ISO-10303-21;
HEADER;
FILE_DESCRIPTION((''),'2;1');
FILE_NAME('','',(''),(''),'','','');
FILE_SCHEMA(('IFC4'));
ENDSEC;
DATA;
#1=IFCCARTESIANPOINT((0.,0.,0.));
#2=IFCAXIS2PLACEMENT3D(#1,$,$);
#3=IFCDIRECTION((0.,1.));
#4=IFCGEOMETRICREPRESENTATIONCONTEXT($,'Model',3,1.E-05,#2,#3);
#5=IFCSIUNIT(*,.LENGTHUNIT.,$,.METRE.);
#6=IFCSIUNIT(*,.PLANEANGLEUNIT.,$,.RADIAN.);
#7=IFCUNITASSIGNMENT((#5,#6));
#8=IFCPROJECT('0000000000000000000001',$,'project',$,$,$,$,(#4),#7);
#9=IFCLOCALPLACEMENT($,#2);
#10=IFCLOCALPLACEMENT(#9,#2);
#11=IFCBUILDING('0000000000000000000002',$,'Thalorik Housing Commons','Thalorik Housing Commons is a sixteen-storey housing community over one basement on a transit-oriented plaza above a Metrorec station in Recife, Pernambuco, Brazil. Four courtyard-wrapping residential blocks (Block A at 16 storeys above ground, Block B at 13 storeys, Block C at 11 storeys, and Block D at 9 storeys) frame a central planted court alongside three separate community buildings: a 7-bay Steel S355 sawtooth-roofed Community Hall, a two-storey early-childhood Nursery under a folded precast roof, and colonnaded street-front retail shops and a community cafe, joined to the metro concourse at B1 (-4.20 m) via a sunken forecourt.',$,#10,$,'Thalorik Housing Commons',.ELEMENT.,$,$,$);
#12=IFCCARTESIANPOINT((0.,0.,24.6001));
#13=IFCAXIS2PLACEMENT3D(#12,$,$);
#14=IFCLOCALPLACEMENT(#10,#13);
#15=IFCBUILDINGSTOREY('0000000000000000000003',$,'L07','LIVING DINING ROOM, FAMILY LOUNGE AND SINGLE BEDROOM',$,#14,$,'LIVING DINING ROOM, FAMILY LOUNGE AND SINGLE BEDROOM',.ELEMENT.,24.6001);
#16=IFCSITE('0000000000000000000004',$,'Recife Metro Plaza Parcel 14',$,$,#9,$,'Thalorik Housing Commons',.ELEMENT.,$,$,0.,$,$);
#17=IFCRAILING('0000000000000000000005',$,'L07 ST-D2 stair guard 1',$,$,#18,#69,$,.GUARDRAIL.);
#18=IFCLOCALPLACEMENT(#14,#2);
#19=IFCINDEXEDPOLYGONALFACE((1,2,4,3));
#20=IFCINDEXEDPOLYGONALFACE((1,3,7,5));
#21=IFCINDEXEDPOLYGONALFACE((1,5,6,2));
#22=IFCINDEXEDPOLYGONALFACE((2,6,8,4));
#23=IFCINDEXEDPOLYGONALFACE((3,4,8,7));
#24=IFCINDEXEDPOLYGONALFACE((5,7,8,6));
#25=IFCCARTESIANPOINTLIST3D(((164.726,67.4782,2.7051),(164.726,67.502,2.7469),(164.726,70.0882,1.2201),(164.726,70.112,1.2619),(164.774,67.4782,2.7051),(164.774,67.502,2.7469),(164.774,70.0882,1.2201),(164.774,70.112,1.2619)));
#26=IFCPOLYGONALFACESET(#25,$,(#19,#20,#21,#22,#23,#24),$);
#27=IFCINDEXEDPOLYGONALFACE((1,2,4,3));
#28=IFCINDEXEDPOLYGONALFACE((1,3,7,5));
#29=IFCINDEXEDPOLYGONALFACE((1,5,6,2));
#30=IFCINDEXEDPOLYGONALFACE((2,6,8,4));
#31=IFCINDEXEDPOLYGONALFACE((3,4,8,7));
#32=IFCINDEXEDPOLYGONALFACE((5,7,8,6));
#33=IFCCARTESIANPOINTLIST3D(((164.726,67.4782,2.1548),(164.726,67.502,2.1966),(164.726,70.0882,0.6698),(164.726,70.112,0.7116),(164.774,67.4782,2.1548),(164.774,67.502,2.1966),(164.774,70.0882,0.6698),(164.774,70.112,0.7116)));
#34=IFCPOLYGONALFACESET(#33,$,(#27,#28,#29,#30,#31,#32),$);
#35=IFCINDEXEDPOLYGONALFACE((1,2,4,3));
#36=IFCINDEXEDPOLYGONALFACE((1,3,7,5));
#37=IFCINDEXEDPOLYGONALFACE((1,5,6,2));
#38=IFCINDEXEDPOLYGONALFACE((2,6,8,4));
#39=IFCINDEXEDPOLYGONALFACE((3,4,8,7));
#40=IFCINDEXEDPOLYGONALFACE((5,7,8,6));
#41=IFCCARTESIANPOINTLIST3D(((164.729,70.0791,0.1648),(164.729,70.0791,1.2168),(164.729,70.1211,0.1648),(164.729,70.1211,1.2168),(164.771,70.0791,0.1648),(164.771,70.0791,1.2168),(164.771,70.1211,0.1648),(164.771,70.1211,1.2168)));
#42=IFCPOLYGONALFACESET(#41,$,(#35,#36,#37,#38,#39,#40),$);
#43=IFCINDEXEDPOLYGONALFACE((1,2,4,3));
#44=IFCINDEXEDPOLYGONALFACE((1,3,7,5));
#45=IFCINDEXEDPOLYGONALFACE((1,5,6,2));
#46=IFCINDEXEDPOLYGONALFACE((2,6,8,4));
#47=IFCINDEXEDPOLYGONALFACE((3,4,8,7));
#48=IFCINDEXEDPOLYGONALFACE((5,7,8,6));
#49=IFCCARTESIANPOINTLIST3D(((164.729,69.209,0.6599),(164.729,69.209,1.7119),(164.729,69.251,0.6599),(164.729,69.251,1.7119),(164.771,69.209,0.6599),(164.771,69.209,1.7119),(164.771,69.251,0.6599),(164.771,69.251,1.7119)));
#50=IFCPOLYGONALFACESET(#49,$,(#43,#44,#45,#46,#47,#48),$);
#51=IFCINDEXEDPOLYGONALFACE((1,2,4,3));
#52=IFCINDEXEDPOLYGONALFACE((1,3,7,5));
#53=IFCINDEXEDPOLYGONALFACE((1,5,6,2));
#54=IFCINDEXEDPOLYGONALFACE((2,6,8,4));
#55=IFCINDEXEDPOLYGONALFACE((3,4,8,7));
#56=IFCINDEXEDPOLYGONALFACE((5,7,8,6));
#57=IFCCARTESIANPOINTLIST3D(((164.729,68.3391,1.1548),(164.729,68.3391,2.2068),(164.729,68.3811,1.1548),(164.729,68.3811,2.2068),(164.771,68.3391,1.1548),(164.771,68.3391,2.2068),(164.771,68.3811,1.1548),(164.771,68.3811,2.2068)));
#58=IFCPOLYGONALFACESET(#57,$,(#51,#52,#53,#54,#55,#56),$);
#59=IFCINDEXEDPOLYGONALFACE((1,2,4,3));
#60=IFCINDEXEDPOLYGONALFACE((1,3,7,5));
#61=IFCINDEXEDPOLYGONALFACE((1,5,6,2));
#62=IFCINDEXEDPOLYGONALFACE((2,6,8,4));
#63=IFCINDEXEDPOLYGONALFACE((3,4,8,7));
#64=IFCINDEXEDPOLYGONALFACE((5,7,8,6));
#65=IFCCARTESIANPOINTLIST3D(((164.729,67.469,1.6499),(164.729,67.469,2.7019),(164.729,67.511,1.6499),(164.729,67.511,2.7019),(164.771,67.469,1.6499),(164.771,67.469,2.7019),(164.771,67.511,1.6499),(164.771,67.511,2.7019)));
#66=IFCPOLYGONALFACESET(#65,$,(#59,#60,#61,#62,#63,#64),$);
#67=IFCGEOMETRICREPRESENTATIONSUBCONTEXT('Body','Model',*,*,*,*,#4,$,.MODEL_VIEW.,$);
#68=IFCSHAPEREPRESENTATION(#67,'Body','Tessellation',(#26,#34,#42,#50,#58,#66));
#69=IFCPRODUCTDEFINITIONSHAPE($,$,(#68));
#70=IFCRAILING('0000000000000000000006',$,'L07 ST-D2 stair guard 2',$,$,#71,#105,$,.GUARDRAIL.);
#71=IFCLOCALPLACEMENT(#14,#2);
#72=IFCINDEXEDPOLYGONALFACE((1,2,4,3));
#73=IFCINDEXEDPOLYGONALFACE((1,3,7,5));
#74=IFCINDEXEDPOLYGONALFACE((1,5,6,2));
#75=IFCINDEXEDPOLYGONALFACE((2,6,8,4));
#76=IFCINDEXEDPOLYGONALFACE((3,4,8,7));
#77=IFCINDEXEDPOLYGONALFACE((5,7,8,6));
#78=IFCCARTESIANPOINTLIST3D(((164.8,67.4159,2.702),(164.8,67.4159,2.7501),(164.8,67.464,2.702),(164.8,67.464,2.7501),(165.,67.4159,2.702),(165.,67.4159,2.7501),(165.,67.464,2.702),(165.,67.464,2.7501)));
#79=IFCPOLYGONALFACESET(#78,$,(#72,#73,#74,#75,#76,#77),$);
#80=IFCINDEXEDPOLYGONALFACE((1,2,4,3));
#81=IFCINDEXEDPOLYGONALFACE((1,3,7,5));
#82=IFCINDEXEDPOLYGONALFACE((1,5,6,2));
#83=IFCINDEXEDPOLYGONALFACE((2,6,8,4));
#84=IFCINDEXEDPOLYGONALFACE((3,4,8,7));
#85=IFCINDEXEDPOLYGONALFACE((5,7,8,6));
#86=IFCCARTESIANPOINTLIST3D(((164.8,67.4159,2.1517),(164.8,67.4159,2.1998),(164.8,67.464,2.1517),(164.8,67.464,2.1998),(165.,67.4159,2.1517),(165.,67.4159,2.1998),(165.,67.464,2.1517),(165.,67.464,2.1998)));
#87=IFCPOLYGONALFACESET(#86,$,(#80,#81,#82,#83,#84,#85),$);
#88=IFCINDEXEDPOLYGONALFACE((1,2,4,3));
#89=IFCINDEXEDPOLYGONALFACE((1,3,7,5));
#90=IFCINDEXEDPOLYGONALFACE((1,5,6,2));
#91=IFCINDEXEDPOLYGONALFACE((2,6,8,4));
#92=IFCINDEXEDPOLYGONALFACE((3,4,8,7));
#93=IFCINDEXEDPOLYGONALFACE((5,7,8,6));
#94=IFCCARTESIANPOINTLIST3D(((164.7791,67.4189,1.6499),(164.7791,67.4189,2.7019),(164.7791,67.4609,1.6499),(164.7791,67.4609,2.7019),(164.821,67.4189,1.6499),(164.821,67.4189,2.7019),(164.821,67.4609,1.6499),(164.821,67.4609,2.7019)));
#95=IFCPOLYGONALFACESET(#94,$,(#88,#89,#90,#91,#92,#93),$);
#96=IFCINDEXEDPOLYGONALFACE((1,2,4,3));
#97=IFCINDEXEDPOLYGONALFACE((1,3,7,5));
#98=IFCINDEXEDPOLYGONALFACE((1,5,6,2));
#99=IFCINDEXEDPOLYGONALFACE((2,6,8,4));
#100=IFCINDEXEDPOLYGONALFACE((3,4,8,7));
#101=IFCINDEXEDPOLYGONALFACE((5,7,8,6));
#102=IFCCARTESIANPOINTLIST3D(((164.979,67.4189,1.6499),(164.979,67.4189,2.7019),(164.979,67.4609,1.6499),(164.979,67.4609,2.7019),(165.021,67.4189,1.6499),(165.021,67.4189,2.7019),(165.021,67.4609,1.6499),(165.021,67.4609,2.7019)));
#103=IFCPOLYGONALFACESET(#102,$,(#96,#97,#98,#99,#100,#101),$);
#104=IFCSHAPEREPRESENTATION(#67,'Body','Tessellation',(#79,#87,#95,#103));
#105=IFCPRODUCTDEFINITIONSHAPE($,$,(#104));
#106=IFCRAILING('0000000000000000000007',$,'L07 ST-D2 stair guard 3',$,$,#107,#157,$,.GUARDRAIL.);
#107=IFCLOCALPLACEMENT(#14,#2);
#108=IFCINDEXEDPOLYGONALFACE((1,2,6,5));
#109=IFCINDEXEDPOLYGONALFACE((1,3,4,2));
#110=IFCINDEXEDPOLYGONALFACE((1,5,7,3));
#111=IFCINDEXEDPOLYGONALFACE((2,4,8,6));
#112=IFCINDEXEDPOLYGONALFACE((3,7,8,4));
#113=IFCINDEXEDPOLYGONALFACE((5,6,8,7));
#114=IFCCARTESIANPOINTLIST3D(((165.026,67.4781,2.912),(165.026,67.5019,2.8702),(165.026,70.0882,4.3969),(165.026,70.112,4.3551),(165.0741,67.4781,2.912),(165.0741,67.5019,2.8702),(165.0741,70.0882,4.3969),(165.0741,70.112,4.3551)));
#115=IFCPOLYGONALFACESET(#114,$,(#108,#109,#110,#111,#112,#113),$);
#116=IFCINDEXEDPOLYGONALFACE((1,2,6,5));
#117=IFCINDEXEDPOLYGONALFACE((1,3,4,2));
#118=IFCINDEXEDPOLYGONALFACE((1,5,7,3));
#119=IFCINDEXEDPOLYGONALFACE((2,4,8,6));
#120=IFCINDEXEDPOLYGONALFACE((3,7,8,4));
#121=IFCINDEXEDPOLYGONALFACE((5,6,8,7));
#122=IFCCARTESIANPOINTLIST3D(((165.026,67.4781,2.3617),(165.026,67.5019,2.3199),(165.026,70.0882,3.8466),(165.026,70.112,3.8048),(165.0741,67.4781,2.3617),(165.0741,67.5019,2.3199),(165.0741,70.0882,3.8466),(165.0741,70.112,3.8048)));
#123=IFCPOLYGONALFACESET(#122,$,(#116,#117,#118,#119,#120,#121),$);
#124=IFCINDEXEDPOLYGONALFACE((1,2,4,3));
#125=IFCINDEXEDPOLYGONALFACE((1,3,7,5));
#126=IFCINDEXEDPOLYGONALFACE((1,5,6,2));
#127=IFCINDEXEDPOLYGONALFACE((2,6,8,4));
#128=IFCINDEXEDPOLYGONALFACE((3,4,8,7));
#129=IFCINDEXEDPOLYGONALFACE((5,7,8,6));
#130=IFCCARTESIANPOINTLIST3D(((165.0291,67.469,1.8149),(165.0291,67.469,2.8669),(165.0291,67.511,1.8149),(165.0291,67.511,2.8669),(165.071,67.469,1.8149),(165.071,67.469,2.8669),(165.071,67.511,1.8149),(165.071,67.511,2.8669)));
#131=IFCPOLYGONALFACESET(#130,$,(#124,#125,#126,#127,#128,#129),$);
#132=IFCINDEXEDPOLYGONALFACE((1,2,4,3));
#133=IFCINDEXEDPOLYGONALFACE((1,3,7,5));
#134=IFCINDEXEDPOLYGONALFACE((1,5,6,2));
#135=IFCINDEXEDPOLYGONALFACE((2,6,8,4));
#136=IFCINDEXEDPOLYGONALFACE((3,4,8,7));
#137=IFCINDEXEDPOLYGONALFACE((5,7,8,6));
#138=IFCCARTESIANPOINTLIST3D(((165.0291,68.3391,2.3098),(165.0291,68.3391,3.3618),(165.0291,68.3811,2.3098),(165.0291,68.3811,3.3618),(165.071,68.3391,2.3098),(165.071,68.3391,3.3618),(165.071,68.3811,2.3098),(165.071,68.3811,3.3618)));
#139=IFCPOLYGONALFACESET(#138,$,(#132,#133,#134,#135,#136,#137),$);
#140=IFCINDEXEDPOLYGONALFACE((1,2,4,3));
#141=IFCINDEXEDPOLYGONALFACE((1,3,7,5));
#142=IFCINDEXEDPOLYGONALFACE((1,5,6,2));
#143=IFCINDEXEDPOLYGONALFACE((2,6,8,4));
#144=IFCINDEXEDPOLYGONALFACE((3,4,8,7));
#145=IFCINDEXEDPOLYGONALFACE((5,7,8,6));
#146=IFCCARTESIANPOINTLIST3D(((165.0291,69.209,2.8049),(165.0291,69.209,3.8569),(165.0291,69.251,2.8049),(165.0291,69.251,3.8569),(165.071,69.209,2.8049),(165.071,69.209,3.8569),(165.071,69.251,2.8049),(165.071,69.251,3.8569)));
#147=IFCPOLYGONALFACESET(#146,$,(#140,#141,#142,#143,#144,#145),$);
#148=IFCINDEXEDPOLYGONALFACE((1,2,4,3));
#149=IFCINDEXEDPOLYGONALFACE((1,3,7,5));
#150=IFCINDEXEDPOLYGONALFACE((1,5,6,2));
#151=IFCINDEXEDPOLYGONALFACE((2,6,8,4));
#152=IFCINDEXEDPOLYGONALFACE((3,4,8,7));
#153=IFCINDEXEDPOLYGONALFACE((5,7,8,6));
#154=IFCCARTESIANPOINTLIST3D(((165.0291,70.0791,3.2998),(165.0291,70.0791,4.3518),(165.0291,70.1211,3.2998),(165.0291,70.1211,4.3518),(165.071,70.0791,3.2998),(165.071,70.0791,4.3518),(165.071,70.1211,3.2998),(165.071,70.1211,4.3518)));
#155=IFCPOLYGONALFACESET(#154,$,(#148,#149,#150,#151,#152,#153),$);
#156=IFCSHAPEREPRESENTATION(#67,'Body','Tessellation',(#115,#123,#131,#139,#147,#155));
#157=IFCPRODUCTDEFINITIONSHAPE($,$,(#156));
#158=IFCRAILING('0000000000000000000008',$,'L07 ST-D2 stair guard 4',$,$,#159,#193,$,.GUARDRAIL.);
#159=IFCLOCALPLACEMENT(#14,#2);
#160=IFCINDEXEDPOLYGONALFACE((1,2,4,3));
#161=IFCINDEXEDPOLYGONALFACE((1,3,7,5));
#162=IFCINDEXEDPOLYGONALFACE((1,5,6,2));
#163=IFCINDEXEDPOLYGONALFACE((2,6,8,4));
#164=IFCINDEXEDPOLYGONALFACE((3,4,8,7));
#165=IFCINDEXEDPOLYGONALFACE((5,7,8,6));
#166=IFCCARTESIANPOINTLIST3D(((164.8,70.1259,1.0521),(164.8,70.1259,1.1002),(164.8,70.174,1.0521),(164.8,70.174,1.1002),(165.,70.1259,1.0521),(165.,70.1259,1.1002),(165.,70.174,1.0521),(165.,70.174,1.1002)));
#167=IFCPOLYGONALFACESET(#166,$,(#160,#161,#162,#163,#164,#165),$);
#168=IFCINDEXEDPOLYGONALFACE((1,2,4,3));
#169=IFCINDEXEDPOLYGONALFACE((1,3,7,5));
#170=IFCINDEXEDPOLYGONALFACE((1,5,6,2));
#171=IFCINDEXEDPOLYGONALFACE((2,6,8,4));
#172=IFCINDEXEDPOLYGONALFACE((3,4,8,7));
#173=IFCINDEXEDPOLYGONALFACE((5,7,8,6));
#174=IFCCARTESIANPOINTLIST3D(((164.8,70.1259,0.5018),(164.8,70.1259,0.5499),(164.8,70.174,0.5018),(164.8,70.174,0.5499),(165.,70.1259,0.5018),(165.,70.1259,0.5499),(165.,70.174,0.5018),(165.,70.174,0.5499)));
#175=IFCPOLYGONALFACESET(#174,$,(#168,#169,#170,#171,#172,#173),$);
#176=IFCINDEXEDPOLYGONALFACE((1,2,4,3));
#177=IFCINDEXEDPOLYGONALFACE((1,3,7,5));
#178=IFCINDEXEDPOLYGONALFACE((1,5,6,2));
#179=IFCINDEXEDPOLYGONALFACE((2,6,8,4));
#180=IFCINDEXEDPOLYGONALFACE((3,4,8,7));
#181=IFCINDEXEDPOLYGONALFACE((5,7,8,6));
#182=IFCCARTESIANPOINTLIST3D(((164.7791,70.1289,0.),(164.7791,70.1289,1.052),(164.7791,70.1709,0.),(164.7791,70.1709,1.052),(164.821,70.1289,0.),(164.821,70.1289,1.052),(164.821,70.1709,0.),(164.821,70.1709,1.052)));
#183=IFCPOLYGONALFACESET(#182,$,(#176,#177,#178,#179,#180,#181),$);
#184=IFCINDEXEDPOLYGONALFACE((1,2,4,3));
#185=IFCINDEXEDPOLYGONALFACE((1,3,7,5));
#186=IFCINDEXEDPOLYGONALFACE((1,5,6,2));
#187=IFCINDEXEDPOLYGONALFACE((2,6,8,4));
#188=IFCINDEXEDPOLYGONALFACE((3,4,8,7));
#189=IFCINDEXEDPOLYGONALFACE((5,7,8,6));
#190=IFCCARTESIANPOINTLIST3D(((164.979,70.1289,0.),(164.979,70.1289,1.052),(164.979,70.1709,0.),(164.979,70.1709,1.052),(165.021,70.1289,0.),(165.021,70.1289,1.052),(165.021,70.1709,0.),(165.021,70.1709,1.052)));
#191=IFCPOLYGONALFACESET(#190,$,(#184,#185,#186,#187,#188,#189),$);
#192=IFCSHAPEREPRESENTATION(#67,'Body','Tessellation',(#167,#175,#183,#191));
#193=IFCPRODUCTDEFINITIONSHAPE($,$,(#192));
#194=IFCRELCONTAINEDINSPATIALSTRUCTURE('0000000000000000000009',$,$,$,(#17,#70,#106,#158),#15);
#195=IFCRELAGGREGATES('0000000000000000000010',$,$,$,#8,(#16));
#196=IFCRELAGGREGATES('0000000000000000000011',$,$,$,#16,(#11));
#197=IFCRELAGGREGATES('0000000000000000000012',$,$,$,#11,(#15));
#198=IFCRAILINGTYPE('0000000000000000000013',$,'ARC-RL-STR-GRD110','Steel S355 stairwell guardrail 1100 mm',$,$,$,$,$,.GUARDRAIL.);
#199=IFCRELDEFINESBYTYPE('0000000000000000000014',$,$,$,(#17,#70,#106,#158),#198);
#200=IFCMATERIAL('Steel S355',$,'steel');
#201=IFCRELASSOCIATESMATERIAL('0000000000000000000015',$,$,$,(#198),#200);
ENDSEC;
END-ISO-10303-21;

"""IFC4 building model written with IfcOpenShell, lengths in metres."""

from ifc_helpers import new_model, si_unit, direction, frame, origin, origin_2d, place, context, subcontext, project, spatial, rectangle, extrude, material, type_object, element, save


model = new_model("IFC4")

# Units and contexts
model_context = context("Model", 3, precision=1e-05, world=origin(), true_north=direction((0.0, 1.0)))
body_context = subcontext(model_context, "Body", "Model", "MODEL_VIEW")
ifc_project = project(units=[si_unit("LENGTHUNIT", "METRE"), si_unit("PLANEANGLEUNIT", "RADIAN")], contexts=[model_context])

# Site, building, storey
site_placement = place(None, origin())
site = spatial("IfcSite", under=ifc_project, at=site_placement, Name="Recife Metro Plaza Parcel 14", LongName="Thalorik Housing Commons", CompositionType="ELEMENT", RefElevation=0.0)
building_placement = place(site_placement, origin())
building = spatial("IfcBuilding", under=site, at=building_placement, Name="Thalorik Housing Commons", Description="Thalorik Housing Commons is a sixteen-storey housing community over one basement on a transit-oriented plaza above a Metrorec station in Recife, Pernambuco, Brazil. Four courtyard-wrapping residential blocks (Block A at 16 storeys above ground, Block B at 13 storeys, Block C at 11 storeys, and Block D at 9 storeys) frame a central planted court alongside three separate community buildings: a 7-bay Steel S355 sawtooth-roofed Community Hall, a two-storey early-childhood Nursery under a folded precast roof, and colonnaded street-front retail shops and a community cafe, joined to the metro concourse at B1 (-4.20 m) via a sunken forecourt.", LongName="Thalorik Housing Commons", CompositionType="ELEMENT")
storey_placement = place(building_placement, frame((0.0, 0.0, 24.6001)))
storey = spatial("IfcBuildingStorey", under=building, at=storey_placement, Name="L07", Description="LIVING DINING ROOM, FAMILY LOUNGE AND SINGLE BEDROOM", LongName="LIVING DINING ROOM, FAMILY LOUNGE AND SINGLE BEDROOM", CompositionType="ELEMENT", Elevation=24.6001)

# Railings
ifc_material_1 = material(Name="Steel S355", Category="steel")
railing_type_1 = type_object("IfcRailingType", Name="ARC-RL-STR-GRD110", Description="Steel S355 stairwell guardrail 1100 mm", PredefinedType="GUARDRAIL", material=ifc_material_1)
railing_1_placement = place(storey_placement, frame((164.75, 70.1001, 0.1648)))
element("IfcRailing", 1, at=railing_1_placement, inside=storey, type_object=railing_type_1, Name="L07 ST-D2 stair guard 1", PredefinedType="GUARDRAIL", context=body_context, shape_type="SweptSolid", body=[
    extrude(rectangle(XDim=0.0481, YDim=0.0481, at=origin_2d()), frame((0.0, 0.0, 1.0762), z_axis=(0.0, -0.869157, 0.494536), x_axis=(1.0, 0.0, 0.0)), (0.0, 0.0, 1.0), 3.0029),
    extrude(rectangle(XDim=0.0481, YDim=0.0481, at=origin_2d()), frame((0.0, 0.0, 0.5259), z_axis=(0.0, -0.869157, 0.494536), x_axis=(1.0, 0.0, 0.0)), (0.0, 0.0, 1.0), 3.0029),
    extrude(rectangle(XDim=0.042, YDim=0.042, at=origin_2d()), origin(), (0.0, 0.0, 1.0), 1.052),
    extrude(rectangle(XDim=0.042, YDim=0.042, at=origin_2d()), frame((0.0, -0.8701, 0.4951)), (0.0, 0.0, 1.0), 1.052),
    extrude(rectangle(XDim=0.042, YDim=0.042, at=origin_2d()), frame((0.0, -1.74, 0.99)), (0.0, 0.0, 1.0), 1.052),
    extrude(rectangle(XDim=0.042, YDim=0.042, at=origin_2d()), frame((0.0, -2.6101, 1.4851)), (0.0, 0.0, 1.0), 1.052),
])
railing_2_placement = place(storey_placement, frame((164.8, 67.4399, 1.6499)))
element("IfcRailing", 2, at=railing_2_placement, inside=storey, type_object=railing_type_1, Name="L07 ST-D2 stair guard 2", PredefinedType="GUARDRAIL", context=body_context, shape_type="SweptSolid", body=[
    extrude(rectangle(XDim=0.0481, YDim=0.0481, at=origin_2d()), frame((0.0, 0.0, 1.0762), z_axis=(1.0, 0.0, 0.0), x_axis=(0.0, 1.0, 0.0)), (0.0, 0.0, 1.0), 0.2),
    extrude(rectangle(XDim=0.0481, YDim=0.0481, at=origin_2d()), frame((0.0, 0.0, 0.5259), z_axis=(1.0, 0.0, 0.0), x_axis=(0.0, 1.0, 0.0)), (0.0, 0.0, 1.0), 0.2),
    extrude(rectangle(XDim=0.042, YDim=0.042, at=origin_2d()), origin(), (0.0, 0.0, 1.0), 1.052),
    extrude(rectangle(XDim=0.042, YDim=0.042, at=origin_2d()), frame((0.2, 0.0, 0.0)), (0.0, 0.0, 1.0), 1.052),
])
railing_3_placement = place(storey_placement, frame((165.05, 67.49, 1.8149)))
element("IfcRailing", 3, at=railing_3_placement, inside=storey, type_object=railing_type_1, Name="L07 ST-D2 stair guard 3", PredefinedType="GUARDRAIL", context=body_context, shape_type="SweptSolid", body=[
    extrude(rectangle(XDim=0.0481, YDim=0.0481, at=origin_2d()), frame((0.0, 0.0, 1.0762), z_axis=(0.0, 0.869192, 0.494474), x_axis=(-1.0, 0.0, 0.0)), (0.0, 0.0, 1.0), 3.0029),
    extrude(rectangle(XDim=0.0481, YDim=0.0481, at=origin_2d()), frame((0.0, 0.0, 0.5259), z_axis=(0.0, 0.869192, 0.494474), x_axis=(-1.0, 0.0, 0.0)), (0.0, 0.0, 1.0), 3.0029),
    extrude(rectangle(XDim=0.042, YDim=0.042, at=origin_2d()), origin(), (0.0, 0.0, 1.0), 1.052),
    extrude(rectangle(XDim=0.042, YDim=0.042, at=origin_2d()), frame((0.0, 0.8701, 0.4949)), (0.0, 0.0, 1.0), 1.052),
    extrude(rectangle(XDim=0.042, YDim=0.042, at=origin_2d()), frame((0.0, 1.74, 0.99)), (0.0, 0.0, 1.0), 1.052),
    extrude(rectangle(XDim=0.042, YDim=0.042, at=origin_2d()), frame((0.0, 2.6101, 1.4849)), (0.0, 0.0, 1.0), 1.052),
])
railing_4_placement = place(storey_placement, frame((164.8, 70.1499, 0.0)))
element("IfcRailing", 4, at=railing_4_placement, inside=storey, type_object=railing_type_1, Name="L07 ST-D2 stair guard 4", PredefinedType="GUARDRAIL", context=body_context, shape_type="SweptSolid", body=[
    extrude(rectangle(XDim=0.0481, YDim=0.0481, at=origin_2d()), frame((0.0, 0.0, 1.0762), z_axis=(1.0, 0.0, 0.0), x_axis=(0.0, 1.0, 0.0)), (0.0, 0.0, 1.0), 0.2),
    extrude(rectangle(XDim=0.0481, YDim=0.0481, at=origin_2d()), frame((0.0, 0.0, 0.5259), z_axis=(1.0, 0.0, 0.0), x_axis=(0.0, 1.0, 0.0)), (0.0, 0.0, 1.0), 0.2),
    extrude(rectangle(XDim=0.042, YDim=0.042, at=origin_2d()), origin(), (0.0, 0.0, 1.0), 1.052),
    extrude(rectangle(XDim=0.042, YDim=0.042, at=origin_2d()), frame((0.2, 0.0, 0.0)), (0.0, 0.0, 1.0), 1.052),
])

save(model, "model.ifc")
